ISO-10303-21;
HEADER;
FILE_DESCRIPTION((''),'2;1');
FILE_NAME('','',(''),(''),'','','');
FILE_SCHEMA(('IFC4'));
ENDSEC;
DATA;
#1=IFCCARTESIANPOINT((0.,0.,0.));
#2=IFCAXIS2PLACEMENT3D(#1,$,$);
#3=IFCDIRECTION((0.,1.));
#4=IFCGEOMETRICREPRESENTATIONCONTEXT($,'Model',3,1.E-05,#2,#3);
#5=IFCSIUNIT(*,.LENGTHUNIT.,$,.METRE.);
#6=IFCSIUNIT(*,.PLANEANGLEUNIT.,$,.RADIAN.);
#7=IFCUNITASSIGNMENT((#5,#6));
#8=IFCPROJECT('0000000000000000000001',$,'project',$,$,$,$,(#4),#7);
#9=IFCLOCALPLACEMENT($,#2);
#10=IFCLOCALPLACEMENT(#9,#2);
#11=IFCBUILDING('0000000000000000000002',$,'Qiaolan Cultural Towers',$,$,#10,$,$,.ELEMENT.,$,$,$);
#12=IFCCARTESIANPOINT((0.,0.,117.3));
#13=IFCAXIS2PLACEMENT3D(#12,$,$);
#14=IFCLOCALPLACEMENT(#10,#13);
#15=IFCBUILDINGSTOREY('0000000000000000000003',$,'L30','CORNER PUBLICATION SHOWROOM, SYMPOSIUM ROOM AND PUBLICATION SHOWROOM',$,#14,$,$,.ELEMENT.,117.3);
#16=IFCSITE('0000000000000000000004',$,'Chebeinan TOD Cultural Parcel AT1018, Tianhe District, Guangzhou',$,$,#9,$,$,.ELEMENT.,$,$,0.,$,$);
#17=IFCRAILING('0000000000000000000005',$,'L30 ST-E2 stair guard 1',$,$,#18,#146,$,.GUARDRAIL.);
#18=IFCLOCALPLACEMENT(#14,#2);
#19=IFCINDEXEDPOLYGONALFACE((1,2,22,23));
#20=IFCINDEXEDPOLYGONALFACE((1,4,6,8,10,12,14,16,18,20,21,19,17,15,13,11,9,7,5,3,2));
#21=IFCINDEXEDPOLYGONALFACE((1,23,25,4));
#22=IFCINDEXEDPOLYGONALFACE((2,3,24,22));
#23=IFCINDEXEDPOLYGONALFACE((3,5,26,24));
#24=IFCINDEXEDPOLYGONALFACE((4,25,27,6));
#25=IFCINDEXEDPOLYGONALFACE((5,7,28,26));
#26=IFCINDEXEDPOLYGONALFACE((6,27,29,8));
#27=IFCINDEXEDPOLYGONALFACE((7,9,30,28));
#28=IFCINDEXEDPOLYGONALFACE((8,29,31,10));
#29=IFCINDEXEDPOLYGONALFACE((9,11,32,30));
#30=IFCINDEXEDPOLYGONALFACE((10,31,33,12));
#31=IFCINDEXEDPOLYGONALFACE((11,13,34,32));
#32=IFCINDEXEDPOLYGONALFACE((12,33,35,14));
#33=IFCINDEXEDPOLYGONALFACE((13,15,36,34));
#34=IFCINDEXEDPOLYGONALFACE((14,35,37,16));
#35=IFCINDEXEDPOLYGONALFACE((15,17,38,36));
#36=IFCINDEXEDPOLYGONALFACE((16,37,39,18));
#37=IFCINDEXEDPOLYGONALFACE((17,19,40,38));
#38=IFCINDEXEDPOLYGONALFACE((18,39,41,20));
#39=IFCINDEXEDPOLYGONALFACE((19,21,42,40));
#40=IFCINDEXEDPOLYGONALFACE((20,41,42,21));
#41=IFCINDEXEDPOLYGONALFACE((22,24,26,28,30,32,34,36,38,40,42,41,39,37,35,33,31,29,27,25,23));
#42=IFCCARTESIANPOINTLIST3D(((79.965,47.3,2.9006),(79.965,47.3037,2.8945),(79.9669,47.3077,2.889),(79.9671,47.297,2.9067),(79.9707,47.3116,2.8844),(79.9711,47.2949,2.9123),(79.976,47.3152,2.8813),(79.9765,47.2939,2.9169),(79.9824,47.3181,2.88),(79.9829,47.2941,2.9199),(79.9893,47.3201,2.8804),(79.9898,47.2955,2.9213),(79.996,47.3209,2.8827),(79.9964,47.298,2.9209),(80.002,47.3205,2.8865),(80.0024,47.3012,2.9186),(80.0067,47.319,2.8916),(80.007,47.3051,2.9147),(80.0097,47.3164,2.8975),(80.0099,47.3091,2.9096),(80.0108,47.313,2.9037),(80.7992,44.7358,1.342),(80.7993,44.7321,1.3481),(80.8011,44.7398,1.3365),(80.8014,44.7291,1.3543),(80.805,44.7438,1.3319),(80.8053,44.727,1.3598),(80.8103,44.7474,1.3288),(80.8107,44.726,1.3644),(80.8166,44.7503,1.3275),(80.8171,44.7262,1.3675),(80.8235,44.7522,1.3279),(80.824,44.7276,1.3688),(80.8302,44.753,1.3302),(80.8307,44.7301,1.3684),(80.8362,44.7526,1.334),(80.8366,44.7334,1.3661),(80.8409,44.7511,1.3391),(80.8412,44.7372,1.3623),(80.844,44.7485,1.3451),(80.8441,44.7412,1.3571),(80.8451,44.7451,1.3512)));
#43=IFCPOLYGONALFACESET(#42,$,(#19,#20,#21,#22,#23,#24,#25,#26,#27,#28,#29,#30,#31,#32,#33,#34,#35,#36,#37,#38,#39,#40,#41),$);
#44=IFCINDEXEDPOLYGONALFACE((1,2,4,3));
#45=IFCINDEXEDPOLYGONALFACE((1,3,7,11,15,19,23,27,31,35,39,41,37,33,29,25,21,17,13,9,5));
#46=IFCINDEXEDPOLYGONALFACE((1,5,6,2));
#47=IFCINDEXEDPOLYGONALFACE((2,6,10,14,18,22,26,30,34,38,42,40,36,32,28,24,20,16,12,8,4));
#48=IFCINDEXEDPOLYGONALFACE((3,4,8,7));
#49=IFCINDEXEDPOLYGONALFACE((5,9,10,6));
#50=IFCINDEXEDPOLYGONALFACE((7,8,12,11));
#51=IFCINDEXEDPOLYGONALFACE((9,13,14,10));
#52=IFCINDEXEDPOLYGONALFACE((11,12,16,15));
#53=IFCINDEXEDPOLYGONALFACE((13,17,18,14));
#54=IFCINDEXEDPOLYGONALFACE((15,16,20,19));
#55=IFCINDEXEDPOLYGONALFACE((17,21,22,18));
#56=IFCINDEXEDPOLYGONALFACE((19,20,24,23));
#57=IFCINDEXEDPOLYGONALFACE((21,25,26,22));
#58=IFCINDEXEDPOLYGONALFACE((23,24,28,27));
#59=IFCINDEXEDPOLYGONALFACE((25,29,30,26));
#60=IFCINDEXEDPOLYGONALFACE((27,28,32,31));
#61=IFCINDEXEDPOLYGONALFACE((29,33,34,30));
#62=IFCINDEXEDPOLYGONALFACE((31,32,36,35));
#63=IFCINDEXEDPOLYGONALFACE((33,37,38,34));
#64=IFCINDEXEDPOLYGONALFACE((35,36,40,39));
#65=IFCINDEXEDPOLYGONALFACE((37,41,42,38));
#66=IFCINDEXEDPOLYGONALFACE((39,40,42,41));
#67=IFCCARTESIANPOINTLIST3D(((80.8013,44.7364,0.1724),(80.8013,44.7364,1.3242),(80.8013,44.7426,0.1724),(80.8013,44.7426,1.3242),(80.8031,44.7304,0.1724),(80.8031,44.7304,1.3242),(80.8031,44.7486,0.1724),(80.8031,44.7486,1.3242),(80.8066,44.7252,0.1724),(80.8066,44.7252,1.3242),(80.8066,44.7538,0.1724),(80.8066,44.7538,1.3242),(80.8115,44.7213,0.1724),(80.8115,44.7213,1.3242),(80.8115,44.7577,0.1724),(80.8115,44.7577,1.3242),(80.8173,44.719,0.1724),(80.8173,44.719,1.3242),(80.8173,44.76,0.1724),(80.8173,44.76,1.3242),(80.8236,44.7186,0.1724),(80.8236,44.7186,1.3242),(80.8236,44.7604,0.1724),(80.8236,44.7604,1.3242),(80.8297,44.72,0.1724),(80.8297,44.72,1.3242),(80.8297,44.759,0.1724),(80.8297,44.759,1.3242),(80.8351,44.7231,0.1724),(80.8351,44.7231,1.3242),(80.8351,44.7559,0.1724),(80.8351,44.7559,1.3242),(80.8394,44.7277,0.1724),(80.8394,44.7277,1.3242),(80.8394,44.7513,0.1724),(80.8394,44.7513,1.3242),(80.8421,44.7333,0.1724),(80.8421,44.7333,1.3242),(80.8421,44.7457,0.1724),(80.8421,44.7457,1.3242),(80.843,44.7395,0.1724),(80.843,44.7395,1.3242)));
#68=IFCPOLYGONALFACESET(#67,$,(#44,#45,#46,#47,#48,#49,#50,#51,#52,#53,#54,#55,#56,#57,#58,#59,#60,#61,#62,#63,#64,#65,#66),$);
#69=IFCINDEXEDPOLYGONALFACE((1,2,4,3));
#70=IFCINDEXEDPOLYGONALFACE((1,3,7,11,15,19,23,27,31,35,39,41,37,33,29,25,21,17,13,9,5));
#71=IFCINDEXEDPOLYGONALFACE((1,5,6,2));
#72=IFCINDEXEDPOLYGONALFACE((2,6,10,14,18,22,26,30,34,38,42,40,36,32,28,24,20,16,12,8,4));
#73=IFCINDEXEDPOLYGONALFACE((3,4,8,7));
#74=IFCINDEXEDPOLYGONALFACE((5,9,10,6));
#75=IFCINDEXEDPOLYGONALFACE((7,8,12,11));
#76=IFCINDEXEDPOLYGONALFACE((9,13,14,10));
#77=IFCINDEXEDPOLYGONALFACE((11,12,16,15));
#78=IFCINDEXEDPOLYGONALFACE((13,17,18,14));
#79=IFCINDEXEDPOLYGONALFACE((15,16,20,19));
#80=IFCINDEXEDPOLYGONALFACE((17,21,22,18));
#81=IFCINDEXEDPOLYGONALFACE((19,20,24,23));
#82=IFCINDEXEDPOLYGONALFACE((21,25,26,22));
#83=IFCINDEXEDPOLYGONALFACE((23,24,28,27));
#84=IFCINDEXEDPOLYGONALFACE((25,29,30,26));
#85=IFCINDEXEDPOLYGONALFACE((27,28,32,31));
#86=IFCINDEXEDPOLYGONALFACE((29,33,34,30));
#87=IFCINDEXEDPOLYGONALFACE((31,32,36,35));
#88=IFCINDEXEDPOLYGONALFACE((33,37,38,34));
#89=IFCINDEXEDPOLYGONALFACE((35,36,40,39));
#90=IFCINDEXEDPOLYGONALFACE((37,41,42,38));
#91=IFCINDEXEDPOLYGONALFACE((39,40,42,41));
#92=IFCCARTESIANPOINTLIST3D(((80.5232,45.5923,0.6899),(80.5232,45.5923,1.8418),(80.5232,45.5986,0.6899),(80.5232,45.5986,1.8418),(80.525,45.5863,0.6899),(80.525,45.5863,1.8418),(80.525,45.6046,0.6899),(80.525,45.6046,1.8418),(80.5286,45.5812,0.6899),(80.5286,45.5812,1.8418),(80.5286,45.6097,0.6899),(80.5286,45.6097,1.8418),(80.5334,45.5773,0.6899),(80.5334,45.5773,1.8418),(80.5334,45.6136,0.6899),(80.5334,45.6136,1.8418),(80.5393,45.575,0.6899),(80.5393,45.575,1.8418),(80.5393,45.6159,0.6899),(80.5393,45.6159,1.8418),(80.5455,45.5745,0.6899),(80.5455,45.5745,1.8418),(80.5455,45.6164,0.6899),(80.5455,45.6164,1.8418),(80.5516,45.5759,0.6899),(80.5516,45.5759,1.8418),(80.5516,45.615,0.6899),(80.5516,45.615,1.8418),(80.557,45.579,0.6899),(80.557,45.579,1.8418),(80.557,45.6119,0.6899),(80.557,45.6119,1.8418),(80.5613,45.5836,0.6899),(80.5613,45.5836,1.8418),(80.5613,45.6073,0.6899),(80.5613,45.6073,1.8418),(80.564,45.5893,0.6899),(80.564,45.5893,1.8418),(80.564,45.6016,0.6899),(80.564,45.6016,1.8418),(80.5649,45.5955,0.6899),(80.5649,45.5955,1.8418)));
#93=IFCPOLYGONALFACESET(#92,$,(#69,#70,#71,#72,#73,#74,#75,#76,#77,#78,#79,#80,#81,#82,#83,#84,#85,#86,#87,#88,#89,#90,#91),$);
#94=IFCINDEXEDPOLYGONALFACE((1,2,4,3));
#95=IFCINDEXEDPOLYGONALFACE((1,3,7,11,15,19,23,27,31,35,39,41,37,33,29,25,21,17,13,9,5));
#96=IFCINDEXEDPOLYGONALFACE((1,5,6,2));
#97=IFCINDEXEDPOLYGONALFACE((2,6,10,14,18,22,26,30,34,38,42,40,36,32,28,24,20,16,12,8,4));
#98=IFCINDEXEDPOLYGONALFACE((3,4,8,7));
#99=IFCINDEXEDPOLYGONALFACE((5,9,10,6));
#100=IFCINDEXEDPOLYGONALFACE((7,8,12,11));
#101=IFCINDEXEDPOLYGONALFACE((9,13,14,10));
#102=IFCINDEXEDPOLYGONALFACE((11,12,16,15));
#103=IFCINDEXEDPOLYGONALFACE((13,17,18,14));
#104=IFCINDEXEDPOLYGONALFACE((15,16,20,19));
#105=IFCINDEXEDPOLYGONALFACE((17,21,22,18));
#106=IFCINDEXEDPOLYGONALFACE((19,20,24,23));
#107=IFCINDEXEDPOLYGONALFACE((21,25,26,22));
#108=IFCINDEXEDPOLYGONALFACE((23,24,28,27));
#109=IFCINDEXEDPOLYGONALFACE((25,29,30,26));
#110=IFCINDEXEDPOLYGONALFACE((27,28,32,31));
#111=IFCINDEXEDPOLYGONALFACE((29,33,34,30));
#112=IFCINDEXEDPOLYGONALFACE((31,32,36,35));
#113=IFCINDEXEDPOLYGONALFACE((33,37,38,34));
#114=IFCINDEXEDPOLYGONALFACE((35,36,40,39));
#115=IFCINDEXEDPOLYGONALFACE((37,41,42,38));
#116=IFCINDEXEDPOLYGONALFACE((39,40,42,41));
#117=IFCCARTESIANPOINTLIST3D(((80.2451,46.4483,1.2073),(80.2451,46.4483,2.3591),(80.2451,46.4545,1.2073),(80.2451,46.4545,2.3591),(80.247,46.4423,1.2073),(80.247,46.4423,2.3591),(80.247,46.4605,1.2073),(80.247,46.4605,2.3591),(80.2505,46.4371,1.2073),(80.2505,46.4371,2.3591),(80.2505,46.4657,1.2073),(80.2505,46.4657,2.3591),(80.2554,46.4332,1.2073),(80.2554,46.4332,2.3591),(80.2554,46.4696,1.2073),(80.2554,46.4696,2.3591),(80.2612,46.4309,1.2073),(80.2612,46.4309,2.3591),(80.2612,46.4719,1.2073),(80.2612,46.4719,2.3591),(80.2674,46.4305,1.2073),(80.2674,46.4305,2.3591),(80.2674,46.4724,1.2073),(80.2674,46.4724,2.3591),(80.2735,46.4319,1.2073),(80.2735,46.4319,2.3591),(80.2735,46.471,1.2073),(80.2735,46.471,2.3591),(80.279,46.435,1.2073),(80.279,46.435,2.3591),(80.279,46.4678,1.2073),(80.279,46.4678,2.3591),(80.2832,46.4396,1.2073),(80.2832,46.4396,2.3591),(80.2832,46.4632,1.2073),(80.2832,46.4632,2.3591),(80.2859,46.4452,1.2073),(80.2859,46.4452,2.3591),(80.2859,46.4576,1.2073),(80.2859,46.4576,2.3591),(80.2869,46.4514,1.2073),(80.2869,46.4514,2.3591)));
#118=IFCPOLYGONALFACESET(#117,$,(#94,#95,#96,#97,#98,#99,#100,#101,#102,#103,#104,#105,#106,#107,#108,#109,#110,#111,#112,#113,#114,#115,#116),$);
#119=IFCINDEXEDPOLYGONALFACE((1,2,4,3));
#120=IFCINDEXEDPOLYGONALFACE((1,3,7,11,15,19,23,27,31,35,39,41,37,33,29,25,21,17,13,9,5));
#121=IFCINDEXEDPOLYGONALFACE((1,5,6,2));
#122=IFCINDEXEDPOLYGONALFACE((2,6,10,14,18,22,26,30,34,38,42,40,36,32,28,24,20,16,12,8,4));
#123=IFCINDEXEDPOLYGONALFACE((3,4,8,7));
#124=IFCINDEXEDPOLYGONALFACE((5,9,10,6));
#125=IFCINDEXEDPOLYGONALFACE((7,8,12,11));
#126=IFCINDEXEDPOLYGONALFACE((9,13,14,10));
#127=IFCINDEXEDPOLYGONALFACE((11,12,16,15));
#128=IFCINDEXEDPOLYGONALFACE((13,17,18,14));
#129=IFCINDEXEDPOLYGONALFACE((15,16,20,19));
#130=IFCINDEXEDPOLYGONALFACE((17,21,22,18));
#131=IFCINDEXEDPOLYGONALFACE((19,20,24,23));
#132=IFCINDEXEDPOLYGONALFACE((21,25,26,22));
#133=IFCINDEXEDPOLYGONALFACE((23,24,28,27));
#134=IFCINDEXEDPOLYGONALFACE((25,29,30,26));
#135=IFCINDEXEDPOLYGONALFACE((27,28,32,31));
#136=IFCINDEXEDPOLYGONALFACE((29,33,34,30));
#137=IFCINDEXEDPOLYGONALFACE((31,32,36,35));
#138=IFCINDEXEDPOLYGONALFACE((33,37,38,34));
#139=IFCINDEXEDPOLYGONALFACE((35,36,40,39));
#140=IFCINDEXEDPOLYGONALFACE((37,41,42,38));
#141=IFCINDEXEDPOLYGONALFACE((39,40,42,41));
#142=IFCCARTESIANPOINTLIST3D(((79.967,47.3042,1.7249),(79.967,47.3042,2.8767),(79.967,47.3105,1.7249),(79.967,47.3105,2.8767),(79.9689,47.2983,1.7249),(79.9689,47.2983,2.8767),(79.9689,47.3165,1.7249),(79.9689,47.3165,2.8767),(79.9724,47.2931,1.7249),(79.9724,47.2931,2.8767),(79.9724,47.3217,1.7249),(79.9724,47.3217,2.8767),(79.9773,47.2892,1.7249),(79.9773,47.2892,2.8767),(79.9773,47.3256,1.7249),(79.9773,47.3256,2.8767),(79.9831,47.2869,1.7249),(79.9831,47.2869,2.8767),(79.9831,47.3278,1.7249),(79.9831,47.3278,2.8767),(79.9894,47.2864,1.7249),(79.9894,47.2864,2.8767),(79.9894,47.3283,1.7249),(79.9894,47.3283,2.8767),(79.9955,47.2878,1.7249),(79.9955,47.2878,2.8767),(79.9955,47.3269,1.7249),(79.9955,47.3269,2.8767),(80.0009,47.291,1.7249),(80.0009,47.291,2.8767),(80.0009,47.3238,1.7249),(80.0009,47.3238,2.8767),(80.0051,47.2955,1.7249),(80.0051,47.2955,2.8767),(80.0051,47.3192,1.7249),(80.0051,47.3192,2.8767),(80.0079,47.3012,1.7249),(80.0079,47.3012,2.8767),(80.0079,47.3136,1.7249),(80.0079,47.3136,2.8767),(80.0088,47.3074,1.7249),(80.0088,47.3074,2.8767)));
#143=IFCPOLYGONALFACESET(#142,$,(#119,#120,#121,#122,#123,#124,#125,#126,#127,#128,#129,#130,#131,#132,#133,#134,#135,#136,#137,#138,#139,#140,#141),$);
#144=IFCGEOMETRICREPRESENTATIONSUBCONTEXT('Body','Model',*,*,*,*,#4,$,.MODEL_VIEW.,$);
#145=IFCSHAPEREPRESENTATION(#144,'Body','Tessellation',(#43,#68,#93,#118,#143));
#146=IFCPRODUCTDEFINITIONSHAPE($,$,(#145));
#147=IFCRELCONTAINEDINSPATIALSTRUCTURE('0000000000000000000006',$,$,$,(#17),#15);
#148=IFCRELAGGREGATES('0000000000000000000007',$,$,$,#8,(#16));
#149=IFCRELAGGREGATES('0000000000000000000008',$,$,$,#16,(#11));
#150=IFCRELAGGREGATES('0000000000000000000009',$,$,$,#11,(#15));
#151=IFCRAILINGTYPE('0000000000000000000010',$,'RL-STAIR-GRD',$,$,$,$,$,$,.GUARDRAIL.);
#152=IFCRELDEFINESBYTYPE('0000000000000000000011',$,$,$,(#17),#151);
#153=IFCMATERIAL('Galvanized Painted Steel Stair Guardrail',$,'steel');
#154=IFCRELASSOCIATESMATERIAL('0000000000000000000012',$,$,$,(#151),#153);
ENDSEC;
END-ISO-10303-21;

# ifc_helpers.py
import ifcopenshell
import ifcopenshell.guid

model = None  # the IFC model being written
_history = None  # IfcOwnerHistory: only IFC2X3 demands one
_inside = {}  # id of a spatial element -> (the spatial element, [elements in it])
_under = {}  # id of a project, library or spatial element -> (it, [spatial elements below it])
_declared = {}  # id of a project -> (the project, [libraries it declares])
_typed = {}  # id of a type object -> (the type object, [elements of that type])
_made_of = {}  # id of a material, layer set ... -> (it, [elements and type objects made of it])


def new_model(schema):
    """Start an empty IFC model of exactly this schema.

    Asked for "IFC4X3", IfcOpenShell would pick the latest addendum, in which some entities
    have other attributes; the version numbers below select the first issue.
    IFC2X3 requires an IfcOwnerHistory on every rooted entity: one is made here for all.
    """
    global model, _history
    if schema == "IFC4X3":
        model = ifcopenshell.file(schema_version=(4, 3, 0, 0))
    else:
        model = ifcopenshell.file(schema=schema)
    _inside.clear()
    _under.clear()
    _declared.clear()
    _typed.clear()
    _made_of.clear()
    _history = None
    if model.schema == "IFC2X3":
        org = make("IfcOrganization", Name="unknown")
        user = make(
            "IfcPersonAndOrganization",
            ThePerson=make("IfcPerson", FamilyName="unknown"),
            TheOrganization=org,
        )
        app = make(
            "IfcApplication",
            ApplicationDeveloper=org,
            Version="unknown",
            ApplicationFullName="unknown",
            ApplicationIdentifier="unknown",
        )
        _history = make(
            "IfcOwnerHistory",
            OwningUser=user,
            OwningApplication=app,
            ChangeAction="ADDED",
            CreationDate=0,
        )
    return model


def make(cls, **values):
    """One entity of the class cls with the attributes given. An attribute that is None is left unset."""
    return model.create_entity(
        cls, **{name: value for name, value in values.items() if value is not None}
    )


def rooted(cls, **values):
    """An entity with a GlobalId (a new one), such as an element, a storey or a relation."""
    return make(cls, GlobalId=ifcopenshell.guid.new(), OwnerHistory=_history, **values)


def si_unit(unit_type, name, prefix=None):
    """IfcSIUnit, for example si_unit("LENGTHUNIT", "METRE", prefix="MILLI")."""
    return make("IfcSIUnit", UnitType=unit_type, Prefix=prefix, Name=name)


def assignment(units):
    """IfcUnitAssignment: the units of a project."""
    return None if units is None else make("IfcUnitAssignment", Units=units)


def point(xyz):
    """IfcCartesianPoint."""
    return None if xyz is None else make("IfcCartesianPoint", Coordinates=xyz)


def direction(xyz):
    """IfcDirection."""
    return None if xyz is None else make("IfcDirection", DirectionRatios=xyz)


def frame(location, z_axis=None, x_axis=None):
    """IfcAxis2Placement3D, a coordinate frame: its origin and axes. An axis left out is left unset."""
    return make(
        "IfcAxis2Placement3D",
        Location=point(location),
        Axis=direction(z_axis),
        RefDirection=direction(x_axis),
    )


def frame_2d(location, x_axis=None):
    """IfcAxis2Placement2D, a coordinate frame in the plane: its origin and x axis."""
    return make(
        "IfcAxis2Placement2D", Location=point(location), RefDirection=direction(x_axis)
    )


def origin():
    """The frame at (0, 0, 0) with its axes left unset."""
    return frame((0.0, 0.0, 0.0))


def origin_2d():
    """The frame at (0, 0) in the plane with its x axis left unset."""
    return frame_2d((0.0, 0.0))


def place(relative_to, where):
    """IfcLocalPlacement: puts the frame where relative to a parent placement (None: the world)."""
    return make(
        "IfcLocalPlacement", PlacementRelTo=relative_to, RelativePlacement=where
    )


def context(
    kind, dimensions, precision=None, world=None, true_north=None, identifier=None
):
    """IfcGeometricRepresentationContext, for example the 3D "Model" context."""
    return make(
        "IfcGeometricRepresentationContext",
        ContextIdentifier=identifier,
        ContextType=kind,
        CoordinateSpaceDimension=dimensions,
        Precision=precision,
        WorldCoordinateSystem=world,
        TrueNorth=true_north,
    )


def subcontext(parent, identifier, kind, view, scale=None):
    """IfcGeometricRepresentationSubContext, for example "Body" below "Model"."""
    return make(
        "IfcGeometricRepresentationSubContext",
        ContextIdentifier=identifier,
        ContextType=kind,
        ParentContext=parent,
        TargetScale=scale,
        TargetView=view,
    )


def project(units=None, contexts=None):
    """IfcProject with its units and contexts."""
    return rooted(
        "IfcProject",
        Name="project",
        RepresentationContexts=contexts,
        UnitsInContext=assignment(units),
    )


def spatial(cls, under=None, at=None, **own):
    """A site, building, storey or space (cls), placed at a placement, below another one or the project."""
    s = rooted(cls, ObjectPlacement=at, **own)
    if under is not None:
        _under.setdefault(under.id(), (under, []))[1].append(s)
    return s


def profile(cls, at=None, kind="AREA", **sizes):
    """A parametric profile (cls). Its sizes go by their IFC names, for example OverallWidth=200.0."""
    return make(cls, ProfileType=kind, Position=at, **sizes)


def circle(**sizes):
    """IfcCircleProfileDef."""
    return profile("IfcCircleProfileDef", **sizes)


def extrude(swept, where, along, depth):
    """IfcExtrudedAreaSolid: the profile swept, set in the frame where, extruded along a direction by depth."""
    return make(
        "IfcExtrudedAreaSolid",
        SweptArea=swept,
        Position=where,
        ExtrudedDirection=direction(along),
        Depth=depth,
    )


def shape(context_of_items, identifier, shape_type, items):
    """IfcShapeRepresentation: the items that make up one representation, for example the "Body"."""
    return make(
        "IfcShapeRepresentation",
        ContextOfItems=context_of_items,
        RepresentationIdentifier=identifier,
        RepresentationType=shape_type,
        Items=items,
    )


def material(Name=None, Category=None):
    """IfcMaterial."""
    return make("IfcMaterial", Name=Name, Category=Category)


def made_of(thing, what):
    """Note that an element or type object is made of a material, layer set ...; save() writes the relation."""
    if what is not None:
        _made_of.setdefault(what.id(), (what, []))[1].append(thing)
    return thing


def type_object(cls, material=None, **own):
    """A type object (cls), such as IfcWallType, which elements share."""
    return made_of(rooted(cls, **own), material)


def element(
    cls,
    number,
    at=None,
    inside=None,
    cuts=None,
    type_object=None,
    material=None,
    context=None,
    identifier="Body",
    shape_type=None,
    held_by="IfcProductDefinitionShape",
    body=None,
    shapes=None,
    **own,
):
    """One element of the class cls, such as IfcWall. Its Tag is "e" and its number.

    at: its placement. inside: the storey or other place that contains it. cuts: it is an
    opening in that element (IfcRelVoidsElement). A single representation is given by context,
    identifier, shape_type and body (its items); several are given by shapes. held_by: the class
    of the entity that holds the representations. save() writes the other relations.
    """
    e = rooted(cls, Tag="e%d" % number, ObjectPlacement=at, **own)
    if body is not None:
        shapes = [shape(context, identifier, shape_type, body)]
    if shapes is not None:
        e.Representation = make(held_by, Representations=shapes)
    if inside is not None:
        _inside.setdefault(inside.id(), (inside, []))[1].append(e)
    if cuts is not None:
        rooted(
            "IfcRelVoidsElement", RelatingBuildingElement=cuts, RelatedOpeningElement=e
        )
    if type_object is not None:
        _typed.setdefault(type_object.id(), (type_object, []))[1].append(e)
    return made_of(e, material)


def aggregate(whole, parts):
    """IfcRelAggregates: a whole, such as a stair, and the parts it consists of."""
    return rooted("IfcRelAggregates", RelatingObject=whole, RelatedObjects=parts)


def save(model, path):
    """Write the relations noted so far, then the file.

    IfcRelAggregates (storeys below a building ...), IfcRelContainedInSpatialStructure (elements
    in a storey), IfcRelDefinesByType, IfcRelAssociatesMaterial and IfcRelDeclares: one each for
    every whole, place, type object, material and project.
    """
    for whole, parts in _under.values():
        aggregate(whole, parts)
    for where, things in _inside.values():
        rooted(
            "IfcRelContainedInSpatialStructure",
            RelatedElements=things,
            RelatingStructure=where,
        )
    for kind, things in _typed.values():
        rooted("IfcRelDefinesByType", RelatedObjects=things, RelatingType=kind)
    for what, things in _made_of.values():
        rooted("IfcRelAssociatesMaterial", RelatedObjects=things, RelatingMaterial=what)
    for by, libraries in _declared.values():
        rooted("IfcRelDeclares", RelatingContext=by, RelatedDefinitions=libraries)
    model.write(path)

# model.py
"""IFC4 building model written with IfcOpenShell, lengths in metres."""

from ifc_helpers import new_model, si_unit, direction, frame, origin, origin_2d, place, context, subcontext, project, spatial, circle, extrude, material, type_object, element, save


model = new_model("IFC4")

# Units and contexts
model_context = context("Model", 3, precision=1e-05, world=origin(), true_north=direction((0.0, 1.0)))
body_context = subcontext(model_context, "Body", "Model", "MODEL_VIEW")
ifc_project = project(units=[si_unit("LENGTHUNIT", "METRE"), si_unit("PLANEANGLEUNIT", "RADIAN")], contexts=[model_context])

# Site, building, storey
site_placement = place(None, origin())
site = spatial("IfcSite", under=ifc_project, at=site_placement, Name="Chebeinan TOD Cultural Parcel AT1018, Tianhe District, Guangzhou", CompositionType="ELEMENT", RefElevation=0.0)
building_placement = place(site_placement, origin())
building = spatial("IfcBuilding", under=site, at=building_placement, Name="Qiaolan Cultural Towers", CompositionType="ELEMENT")
storey_placement = place(building_placement, frame((0.0, 0.0, 117.3)))
storey = spatial("IfcBuildingStorey", under=building, at=storey_placement, Name="L30", Description="CORNER PUBLICATION SHOWROOM, SYMPOSIUM ROOM AND PUBLICATION SHOWROOM", CompositionType="ELEMENT", Elevation=117.3)

# Railing
ifc_material_1 = material(Name="Galvanized Painted Steel Stair Guardrail", Category="steel")
railing_type_1 = type_object("IfcRailingType", Name="RL-STAIR-GRD", PredefinedType="GUARDRAIL", material=ifc_material_1)
railing_1_placement = place(storey_placement, frame((80.822, 44.7395, 0.1724)))
element("IfcRailing", 1, at=railing_1_placement, inside=storey, type_object=railing_type_1, Name="L30 ST-E2 stair guard 1", PredefinedType="GUARDRAIL", context=body_context, shape_type="SweptSolid", body=[
    extrude(circle(Radius=0.0239, at=origin_2d()), frame((0.0, 0.0, 1.1758), z_axis=(-0.267853, 0.824488, 0.498471), x_axis=(-0.95107, -0.308976, 0.0)), (0.0, 0.0, 1.0), 3.1145),
    extrude(circle(Radius=0.021, at=origin_2d()), origin(), (0.0, 0.0, 1.0), 1.1519),
    extrude(circle(Radius=0.021, at=origin_2d()), frame((-0.2781, 0.856, 0.5176)), (0.0, 0.0, 1.0), 1.1519),
    extrude(circle(Radius=0.021, at=origin_2d()), frame((-0.5562, 1.7119, 1.0349)), (0.0, 0.0, 1.0), 1.1519),
    extrude(circle(Radius=0.021, at=origin_2d()), frame((-0.8342, 2.5679, 1.5525)), (0.0, 0.0, 1.0), 1.1519),
])

save(model, "model.ifc")
